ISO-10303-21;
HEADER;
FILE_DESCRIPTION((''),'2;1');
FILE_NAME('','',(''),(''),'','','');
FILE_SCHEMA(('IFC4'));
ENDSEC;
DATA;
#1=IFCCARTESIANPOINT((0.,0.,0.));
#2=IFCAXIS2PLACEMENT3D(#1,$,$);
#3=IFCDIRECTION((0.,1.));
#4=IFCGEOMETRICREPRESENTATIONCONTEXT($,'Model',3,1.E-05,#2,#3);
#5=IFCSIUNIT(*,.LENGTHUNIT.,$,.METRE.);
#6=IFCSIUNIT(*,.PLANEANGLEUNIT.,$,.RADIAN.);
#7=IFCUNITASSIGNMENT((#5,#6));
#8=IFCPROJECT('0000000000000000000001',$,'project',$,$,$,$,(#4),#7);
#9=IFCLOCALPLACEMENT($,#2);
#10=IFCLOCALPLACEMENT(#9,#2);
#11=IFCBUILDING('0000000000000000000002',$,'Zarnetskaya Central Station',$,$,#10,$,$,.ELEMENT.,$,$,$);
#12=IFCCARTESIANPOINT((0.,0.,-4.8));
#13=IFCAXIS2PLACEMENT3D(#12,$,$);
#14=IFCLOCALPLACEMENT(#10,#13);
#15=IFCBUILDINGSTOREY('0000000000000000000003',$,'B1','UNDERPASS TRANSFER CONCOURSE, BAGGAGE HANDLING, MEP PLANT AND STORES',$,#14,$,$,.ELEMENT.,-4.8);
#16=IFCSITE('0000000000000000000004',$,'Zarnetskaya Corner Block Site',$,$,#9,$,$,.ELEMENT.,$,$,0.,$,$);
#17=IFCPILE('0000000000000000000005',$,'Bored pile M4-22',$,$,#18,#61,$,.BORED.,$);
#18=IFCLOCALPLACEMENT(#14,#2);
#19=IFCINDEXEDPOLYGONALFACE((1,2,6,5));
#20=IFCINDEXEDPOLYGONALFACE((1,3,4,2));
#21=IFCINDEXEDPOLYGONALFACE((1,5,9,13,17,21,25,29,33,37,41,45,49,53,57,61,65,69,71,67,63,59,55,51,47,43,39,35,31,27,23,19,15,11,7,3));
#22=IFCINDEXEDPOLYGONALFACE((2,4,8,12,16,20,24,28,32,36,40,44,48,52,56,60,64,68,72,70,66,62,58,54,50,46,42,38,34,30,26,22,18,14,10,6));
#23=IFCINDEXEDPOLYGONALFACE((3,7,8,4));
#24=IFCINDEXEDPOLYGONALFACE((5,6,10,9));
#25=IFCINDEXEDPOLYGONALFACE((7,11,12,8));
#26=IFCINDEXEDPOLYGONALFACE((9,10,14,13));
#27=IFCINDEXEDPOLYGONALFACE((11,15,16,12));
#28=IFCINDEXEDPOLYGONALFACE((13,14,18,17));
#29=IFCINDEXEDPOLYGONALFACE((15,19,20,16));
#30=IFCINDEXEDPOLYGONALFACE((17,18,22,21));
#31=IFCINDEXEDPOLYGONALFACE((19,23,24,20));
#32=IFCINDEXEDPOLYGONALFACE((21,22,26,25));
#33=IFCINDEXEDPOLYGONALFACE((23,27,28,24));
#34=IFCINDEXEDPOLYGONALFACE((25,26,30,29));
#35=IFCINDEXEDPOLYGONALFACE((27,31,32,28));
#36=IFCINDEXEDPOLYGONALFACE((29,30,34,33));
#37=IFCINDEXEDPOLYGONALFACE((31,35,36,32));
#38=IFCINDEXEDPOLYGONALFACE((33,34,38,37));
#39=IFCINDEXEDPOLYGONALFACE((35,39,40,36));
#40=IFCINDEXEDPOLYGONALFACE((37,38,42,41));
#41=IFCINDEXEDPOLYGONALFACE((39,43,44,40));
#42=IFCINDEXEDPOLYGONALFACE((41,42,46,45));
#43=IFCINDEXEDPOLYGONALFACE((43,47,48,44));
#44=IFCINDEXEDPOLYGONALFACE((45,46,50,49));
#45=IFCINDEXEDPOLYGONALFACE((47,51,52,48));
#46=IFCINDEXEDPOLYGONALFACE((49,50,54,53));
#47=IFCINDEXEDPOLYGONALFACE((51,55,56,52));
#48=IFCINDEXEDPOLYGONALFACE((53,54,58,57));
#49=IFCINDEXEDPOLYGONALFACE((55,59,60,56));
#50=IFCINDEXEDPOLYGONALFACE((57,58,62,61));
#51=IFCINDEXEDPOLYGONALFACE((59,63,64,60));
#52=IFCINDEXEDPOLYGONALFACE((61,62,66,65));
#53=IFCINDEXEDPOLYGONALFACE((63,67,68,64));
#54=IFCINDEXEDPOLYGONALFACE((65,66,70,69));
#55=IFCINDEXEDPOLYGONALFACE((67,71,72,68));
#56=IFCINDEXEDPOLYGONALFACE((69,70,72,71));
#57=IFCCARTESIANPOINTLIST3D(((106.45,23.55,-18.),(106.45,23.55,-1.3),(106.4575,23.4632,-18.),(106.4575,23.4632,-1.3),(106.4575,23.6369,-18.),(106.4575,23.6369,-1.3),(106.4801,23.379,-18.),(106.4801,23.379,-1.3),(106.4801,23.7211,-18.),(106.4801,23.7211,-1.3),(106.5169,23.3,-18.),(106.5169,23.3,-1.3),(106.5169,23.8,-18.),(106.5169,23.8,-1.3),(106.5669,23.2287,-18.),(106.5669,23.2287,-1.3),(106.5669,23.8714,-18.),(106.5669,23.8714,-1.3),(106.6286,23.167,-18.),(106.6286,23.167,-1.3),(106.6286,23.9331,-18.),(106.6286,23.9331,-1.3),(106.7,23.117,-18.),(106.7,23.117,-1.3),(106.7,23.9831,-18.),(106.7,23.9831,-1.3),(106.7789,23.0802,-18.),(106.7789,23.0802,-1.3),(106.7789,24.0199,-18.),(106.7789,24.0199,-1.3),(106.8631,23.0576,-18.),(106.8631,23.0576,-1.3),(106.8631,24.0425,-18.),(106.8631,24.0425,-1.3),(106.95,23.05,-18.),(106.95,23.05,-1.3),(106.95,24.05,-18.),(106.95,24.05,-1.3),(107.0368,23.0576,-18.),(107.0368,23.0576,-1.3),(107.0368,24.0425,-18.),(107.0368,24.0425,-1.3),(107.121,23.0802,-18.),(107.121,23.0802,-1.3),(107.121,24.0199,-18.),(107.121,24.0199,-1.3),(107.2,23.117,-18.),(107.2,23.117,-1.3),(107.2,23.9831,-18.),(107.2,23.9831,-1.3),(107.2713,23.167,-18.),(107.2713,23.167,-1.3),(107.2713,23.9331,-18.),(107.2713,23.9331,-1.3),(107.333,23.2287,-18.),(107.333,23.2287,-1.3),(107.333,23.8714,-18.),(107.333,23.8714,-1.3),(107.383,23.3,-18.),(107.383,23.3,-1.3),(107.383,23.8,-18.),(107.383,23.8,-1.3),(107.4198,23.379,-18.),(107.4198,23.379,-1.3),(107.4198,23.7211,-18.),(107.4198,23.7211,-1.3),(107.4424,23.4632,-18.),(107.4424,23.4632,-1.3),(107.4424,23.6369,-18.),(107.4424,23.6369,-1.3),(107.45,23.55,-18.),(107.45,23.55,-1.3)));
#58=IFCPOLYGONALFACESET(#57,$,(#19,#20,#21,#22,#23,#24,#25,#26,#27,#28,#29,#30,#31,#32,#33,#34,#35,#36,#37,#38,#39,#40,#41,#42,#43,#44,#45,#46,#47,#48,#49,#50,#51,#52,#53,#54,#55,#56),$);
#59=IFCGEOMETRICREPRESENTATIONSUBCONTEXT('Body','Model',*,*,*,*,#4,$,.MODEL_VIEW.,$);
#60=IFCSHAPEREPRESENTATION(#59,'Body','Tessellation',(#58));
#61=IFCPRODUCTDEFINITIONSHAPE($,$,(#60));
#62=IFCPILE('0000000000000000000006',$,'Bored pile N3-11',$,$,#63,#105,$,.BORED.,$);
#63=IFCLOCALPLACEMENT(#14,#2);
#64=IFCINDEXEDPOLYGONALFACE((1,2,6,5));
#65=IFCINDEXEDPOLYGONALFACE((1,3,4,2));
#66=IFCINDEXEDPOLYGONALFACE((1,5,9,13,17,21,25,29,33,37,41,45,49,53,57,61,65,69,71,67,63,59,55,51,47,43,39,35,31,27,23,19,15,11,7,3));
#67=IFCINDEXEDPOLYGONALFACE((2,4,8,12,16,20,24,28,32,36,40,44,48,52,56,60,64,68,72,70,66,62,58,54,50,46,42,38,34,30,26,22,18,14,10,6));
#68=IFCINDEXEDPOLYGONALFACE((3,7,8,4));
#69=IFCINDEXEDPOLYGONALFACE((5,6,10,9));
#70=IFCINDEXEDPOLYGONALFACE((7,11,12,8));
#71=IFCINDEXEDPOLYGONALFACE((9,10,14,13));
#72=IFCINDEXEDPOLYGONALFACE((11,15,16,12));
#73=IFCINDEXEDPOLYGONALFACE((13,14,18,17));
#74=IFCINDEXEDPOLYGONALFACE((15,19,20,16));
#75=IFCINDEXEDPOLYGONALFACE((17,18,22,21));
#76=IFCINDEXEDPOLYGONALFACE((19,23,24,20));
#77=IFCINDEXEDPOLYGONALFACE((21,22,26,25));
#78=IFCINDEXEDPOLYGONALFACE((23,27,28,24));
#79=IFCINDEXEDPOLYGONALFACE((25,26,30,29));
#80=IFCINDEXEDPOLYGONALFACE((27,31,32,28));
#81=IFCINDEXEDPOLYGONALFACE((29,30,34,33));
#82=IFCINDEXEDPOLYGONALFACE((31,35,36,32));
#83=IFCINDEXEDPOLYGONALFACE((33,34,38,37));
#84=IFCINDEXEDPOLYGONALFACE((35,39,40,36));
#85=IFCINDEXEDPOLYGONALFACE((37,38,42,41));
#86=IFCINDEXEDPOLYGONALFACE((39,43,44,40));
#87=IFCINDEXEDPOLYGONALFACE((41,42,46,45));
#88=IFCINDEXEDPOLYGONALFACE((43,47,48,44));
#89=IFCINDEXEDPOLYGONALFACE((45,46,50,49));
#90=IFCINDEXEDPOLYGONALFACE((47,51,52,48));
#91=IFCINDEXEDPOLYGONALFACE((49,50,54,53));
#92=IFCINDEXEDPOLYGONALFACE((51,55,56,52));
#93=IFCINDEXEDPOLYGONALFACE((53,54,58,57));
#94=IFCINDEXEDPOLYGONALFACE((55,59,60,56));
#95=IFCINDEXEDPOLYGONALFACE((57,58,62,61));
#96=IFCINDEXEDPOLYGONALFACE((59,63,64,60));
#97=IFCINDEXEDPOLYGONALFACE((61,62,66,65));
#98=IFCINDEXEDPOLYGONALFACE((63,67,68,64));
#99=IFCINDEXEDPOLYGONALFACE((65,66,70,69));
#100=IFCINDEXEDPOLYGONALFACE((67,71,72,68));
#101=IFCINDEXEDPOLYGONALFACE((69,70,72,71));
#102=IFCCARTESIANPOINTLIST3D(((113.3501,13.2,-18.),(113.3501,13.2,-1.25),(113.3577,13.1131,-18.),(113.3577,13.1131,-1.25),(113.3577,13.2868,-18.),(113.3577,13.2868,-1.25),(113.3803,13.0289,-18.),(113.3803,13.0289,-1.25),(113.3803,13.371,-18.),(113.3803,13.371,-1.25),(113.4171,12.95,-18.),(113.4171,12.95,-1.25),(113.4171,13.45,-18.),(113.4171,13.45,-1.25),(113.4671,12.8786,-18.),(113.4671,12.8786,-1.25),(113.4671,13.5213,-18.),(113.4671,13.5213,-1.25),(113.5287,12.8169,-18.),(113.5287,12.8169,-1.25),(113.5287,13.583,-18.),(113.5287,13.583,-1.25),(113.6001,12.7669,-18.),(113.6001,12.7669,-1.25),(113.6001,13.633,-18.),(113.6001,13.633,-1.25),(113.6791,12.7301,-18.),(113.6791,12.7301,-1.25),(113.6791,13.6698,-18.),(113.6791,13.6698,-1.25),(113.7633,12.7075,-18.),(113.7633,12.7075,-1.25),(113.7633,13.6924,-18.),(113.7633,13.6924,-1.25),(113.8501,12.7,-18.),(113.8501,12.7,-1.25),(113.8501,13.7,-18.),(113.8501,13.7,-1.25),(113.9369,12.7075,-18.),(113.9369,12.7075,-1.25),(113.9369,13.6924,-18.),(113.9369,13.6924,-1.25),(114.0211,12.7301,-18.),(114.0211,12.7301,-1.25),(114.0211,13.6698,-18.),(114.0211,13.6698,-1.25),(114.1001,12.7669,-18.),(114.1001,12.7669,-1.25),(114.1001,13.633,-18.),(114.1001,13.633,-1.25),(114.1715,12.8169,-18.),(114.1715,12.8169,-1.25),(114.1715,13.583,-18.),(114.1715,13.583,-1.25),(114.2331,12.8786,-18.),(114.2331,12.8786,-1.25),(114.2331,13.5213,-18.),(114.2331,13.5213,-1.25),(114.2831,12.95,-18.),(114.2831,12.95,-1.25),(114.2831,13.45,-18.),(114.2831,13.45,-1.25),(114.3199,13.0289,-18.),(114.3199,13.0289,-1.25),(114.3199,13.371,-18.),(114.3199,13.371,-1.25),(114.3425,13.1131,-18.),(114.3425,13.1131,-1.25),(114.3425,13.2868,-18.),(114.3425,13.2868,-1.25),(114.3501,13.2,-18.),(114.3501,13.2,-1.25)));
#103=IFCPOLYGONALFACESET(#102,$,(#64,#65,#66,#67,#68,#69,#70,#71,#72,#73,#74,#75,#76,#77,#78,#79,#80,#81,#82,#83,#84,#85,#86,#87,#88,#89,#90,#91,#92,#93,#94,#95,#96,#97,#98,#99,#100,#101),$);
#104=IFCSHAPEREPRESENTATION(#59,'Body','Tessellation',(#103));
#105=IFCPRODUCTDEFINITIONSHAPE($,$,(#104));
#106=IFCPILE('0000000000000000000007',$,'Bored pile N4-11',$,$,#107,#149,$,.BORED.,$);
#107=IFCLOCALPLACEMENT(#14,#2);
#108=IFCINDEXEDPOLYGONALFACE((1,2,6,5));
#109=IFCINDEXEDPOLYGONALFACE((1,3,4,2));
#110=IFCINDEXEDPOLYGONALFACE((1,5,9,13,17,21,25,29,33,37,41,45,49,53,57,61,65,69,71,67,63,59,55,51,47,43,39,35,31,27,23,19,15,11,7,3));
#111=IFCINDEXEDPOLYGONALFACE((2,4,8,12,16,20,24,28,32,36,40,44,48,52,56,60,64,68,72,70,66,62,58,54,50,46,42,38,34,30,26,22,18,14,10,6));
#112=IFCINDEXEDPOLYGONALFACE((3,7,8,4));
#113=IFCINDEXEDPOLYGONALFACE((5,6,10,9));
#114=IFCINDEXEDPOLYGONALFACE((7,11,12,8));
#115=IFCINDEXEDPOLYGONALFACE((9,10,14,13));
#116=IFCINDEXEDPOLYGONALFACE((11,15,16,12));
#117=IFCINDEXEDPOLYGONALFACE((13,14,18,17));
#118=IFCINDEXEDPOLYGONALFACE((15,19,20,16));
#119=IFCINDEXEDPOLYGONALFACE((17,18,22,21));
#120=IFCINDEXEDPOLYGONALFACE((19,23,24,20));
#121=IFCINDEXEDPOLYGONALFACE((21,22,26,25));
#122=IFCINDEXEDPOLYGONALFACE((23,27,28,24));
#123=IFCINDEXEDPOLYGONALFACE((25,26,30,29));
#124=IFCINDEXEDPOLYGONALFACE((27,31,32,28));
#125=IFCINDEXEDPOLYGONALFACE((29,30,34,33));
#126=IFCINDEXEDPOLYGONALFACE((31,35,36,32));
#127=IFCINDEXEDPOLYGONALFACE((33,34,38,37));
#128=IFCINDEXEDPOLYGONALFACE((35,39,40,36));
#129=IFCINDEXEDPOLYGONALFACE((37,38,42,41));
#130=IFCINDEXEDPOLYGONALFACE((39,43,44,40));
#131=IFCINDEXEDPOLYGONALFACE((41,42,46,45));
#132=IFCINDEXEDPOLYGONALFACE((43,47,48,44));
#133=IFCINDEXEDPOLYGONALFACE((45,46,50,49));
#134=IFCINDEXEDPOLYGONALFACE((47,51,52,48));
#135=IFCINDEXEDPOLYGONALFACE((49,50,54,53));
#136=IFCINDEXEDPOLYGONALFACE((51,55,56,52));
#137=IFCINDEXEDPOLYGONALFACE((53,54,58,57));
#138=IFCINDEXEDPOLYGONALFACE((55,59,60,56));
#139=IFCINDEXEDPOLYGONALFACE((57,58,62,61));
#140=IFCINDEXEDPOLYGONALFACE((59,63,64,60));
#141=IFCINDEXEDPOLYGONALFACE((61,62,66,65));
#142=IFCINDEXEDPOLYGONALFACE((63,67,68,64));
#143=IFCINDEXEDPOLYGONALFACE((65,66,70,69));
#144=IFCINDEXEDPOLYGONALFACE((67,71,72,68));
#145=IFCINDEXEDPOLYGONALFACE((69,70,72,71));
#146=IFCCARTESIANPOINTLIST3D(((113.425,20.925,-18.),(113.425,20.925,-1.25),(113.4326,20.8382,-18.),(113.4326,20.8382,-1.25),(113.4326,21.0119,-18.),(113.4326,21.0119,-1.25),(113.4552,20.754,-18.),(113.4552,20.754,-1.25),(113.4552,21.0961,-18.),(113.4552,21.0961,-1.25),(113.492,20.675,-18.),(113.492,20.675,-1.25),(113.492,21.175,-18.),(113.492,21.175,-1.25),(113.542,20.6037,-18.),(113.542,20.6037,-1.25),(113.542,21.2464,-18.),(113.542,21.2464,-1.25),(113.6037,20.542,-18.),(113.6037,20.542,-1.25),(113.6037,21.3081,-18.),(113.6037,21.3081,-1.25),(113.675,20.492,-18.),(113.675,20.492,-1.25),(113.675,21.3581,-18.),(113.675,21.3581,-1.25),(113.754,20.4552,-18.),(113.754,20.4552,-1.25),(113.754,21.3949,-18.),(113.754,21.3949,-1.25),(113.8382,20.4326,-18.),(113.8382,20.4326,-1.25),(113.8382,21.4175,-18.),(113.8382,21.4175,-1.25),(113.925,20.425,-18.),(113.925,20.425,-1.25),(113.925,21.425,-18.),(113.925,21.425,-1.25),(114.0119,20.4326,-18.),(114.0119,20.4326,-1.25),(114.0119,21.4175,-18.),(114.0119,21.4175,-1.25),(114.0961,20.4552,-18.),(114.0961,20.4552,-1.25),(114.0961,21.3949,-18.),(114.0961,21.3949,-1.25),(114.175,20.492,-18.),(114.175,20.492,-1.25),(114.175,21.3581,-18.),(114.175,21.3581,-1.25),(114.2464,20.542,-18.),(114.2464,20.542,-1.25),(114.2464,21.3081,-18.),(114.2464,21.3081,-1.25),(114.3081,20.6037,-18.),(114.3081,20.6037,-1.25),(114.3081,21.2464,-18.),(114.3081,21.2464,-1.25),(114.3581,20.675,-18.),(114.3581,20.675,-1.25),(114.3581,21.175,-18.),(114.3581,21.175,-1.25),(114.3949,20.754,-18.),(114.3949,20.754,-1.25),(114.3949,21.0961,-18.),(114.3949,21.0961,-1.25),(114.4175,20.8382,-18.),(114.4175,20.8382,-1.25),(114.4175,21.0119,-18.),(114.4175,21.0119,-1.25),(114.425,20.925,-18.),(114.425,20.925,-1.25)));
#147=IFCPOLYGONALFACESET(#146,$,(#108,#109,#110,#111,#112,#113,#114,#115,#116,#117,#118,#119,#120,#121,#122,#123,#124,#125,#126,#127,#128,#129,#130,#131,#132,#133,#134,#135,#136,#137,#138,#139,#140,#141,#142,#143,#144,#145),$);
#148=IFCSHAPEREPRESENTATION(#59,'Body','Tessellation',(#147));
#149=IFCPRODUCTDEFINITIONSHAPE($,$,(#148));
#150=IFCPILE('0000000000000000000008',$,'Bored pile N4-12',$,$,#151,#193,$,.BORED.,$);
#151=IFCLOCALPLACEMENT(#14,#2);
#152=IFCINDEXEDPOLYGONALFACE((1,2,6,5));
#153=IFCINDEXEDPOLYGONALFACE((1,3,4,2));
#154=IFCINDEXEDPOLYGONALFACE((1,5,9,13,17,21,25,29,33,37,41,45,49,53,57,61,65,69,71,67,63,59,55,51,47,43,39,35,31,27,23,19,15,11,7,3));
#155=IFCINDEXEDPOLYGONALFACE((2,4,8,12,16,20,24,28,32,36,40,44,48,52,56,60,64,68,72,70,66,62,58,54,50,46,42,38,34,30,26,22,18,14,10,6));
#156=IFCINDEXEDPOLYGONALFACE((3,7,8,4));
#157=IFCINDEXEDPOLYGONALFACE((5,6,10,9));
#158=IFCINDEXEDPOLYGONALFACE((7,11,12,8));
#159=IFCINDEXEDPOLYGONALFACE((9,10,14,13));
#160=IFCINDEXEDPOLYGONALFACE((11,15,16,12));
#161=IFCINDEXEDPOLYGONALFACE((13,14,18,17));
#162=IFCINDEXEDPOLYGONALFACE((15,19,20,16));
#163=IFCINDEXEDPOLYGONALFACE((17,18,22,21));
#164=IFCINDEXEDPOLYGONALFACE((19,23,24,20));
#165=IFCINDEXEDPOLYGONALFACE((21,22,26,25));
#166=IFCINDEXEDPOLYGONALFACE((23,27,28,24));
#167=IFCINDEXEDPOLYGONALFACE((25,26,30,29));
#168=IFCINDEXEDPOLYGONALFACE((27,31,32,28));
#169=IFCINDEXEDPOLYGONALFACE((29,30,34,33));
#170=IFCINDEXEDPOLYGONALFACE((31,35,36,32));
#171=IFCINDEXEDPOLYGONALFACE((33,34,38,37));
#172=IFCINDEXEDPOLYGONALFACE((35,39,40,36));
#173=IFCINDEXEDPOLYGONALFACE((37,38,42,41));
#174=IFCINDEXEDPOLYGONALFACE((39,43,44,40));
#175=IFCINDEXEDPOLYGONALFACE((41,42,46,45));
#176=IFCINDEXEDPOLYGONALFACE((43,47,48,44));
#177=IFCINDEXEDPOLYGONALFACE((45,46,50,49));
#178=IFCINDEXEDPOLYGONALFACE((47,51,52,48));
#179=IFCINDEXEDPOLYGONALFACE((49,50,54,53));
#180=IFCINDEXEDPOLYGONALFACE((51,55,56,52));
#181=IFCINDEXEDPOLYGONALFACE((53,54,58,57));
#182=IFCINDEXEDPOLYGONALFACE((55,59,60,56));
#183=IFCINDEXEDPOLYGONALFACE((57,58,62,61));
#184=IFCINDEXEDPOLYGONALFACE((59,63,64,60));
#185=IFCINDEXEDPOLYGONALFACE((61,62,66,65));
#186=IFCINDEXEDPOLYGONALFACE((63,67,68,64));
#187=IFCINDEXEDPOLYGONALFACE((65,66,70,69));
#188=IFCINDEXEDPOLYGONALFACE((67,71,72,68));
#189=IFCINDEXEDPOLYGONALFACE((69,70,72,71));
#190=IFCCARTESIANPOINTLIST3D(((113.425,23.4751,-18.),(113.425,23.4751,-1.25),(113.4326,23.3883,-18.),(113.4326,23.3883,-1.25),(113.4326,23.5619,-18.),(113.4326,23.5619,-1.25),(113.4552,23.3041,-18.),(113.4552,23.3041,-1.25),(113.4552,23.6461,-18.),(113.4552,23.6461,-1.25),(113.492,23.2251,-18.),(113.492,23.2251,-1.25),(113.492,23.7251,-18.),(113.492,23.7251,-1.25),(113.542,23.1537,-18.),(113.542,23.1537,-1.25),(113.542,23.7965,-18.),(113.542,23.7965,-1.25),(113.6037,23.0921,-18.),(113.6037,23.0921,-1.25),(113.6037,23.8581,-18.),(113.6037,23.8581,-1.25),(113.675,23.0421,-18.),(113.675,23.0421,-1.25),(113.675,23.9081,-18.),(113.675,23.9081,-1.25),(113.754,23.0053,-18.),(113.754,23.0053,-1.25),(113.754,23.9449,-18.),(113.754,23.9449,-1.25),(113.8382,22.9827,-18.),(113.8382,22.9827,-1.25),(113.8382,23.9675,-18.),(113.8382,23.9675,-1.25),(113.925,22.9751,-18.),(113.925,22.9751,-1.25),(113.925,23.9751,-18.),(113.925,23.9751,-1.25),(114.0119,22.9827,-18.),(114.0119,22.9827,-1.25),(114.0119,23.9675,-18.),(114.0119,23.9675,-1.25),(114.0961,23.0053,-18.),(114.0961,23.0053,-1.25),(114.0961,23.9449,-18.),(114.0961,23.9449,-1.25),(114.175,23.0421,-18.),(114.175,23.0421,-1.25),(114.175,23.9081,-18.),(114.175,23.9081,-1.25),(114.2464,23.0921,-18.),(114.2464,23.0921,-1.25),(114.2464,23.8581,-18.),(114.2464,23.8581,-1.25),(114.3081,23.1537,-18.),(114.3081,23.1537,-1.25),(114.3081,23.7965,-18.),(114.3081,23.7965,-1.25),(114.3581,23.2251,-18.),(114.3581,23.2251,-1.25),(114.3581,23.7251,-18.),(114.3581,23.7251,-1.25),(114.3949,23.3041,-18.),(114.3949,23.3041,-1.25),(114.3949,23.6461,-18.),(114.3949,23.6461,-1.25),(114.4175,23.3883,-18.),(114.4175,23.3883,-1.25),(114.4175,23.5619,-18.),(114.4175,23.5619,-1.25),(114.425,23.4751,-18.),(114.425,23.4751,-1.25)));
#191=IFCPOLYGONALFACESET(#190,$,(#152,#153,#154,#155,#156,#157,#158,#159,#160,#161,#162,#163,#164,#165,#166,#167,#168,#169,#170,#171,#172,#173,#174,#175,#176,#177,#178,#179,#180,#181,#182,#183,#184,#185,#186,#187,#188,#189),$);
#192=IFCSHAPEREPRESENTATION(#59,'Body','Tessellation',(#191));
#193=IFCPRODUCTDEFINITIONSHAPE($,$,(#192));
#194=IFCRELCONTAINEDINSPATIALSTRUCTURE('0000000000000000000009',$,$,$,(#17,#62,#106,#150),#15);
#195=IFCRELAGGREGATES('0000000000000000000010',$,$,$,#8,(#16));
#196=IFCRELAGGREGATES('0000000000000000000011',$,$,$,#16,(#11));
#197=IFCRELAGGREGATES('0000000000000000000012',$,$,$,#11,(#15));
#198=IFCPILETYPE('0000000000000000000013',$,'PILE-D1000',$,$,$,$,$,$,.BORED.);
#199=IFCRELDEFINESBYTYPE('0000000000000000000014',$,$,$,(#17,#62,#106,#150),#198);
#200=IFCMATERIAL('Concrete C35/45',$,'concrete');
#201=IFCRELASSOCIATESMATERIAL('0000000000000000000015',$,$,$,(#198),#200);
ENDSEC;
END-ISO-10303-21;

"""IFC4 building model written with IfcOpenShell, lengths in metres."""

from ifc_helpers import new_model, si_unit, direction, frame, origin, origin_2d, place, context, subcontext, project, spatial, circle, extrude, material, material_profile, profile_set, type_object, element, save


model = new_model("IFC4")

# Units and contexts
model_context = context("Model", 3, precision=1e-05, world=origin(), true_north=direction((0.0, 1.0)))
body_context = subcontext(model_context, "Body", "Model", "MODEL_VIEW")
ifc_project = project(units=[si_unit("LENGTHUNIT", "METRE"), si_unit("PLANEANGLEUNIT", "RADIAN")], contexts=[model_context])

# Site, building, storey
site_placement = place(None, origin())
site = spatial("IfcSite", under=ifc_project, at=site_placement, Name="Zarnetskaya Corner Block Site", CompositionType="ELEMENT", RefElevation=0.0)
building_placement = place(site_placement, origin())
building = spatial("IfcBuilding", under=site, at=building_placement, Name="Zarnetskaya Central Station", CompositionType="ELEMENT")
storey_placement = place(building_placement, frame((0.0, 0.0, -4.8)))
storey = spatial("IfcBuildingStorey", under=building, at=storey_placement, Name="B1", Description="UNDERPASS TRANSFER CONCOURSE, BAGGAGE HANDLING, MEP PLANT AND STORES", CompositionType="ELEMENT", Elevation=-4.8)

# Shared definitions
ifc_material_1 = material(Name="Concrete C35/45", Category="concrete")

# Piles
ifc_material_profile_1 = material_profile(ifc_material_1, circle(Radius=0.5, at=origin_2d()), Name="BORED PILE D1000")
ifc_profile_set_1 = profile_set([ifc_material_profile_1], Name="Concrete C35/45")
pile_type_1 = type_object("IfcPileType", Name="PILE-D1000", PredefinedType="BORED", material=ifc_profile_set_1)
for number, where, z_axis, x_axis, name in (
    (1, (106.95, 23.55, -1.3), (0.0, 0.0, -1.0), (1.0, 0.0, 0.0), "Bored pile M4-22"),
):
    element("IfcPile", number, at=place(storey_placement, frame(where, z_axis=z_axis, x_axis=x_axis)), inside=storey, type_object=pile_type_1, Name=name, PredefinedType="BORED", context=body_context, shape_type="SweptSolid", body=[
        extrude(circle(Radius=0.5, at=origin_2d()), origin(), (0.0, 0.0, 1.0), 16.7),
    ])
for number, where, z_axis, x_axis, name in (
    (2, (113.8501, 13.2, -1.25), (0.0, 0.0, -1.0), (1.0, 0.0, 0.0), "Bored pile N3-11"),
    (3, (113.925, 20.925, -1.25), (0.0, 0.0, -1.0), (1.0, 0.0, 0.0), "Bored pile N4-11"),
    (4, (113.925, 23.4751, -1.25), (0.0, 0.0, -1.0), (1.0, 0.0, 0.0), "Bored pile N4-12"),
):
    element("IfcPile", number, at=place(storey_placement, frame(where, z_axis=z_axis, x_axis=x_axis)), inside=storey, type_object=pile_type_1, Name=name, PredefinedType="BORED", context=body_context, shape_type="SweptSolid", body=[
        extrude(circle(Radius=0.5, at=origin_2d()), origin(), (0.0, 0.0, 1.0), 16.75),
    ])

save(model, "model.ifc")
